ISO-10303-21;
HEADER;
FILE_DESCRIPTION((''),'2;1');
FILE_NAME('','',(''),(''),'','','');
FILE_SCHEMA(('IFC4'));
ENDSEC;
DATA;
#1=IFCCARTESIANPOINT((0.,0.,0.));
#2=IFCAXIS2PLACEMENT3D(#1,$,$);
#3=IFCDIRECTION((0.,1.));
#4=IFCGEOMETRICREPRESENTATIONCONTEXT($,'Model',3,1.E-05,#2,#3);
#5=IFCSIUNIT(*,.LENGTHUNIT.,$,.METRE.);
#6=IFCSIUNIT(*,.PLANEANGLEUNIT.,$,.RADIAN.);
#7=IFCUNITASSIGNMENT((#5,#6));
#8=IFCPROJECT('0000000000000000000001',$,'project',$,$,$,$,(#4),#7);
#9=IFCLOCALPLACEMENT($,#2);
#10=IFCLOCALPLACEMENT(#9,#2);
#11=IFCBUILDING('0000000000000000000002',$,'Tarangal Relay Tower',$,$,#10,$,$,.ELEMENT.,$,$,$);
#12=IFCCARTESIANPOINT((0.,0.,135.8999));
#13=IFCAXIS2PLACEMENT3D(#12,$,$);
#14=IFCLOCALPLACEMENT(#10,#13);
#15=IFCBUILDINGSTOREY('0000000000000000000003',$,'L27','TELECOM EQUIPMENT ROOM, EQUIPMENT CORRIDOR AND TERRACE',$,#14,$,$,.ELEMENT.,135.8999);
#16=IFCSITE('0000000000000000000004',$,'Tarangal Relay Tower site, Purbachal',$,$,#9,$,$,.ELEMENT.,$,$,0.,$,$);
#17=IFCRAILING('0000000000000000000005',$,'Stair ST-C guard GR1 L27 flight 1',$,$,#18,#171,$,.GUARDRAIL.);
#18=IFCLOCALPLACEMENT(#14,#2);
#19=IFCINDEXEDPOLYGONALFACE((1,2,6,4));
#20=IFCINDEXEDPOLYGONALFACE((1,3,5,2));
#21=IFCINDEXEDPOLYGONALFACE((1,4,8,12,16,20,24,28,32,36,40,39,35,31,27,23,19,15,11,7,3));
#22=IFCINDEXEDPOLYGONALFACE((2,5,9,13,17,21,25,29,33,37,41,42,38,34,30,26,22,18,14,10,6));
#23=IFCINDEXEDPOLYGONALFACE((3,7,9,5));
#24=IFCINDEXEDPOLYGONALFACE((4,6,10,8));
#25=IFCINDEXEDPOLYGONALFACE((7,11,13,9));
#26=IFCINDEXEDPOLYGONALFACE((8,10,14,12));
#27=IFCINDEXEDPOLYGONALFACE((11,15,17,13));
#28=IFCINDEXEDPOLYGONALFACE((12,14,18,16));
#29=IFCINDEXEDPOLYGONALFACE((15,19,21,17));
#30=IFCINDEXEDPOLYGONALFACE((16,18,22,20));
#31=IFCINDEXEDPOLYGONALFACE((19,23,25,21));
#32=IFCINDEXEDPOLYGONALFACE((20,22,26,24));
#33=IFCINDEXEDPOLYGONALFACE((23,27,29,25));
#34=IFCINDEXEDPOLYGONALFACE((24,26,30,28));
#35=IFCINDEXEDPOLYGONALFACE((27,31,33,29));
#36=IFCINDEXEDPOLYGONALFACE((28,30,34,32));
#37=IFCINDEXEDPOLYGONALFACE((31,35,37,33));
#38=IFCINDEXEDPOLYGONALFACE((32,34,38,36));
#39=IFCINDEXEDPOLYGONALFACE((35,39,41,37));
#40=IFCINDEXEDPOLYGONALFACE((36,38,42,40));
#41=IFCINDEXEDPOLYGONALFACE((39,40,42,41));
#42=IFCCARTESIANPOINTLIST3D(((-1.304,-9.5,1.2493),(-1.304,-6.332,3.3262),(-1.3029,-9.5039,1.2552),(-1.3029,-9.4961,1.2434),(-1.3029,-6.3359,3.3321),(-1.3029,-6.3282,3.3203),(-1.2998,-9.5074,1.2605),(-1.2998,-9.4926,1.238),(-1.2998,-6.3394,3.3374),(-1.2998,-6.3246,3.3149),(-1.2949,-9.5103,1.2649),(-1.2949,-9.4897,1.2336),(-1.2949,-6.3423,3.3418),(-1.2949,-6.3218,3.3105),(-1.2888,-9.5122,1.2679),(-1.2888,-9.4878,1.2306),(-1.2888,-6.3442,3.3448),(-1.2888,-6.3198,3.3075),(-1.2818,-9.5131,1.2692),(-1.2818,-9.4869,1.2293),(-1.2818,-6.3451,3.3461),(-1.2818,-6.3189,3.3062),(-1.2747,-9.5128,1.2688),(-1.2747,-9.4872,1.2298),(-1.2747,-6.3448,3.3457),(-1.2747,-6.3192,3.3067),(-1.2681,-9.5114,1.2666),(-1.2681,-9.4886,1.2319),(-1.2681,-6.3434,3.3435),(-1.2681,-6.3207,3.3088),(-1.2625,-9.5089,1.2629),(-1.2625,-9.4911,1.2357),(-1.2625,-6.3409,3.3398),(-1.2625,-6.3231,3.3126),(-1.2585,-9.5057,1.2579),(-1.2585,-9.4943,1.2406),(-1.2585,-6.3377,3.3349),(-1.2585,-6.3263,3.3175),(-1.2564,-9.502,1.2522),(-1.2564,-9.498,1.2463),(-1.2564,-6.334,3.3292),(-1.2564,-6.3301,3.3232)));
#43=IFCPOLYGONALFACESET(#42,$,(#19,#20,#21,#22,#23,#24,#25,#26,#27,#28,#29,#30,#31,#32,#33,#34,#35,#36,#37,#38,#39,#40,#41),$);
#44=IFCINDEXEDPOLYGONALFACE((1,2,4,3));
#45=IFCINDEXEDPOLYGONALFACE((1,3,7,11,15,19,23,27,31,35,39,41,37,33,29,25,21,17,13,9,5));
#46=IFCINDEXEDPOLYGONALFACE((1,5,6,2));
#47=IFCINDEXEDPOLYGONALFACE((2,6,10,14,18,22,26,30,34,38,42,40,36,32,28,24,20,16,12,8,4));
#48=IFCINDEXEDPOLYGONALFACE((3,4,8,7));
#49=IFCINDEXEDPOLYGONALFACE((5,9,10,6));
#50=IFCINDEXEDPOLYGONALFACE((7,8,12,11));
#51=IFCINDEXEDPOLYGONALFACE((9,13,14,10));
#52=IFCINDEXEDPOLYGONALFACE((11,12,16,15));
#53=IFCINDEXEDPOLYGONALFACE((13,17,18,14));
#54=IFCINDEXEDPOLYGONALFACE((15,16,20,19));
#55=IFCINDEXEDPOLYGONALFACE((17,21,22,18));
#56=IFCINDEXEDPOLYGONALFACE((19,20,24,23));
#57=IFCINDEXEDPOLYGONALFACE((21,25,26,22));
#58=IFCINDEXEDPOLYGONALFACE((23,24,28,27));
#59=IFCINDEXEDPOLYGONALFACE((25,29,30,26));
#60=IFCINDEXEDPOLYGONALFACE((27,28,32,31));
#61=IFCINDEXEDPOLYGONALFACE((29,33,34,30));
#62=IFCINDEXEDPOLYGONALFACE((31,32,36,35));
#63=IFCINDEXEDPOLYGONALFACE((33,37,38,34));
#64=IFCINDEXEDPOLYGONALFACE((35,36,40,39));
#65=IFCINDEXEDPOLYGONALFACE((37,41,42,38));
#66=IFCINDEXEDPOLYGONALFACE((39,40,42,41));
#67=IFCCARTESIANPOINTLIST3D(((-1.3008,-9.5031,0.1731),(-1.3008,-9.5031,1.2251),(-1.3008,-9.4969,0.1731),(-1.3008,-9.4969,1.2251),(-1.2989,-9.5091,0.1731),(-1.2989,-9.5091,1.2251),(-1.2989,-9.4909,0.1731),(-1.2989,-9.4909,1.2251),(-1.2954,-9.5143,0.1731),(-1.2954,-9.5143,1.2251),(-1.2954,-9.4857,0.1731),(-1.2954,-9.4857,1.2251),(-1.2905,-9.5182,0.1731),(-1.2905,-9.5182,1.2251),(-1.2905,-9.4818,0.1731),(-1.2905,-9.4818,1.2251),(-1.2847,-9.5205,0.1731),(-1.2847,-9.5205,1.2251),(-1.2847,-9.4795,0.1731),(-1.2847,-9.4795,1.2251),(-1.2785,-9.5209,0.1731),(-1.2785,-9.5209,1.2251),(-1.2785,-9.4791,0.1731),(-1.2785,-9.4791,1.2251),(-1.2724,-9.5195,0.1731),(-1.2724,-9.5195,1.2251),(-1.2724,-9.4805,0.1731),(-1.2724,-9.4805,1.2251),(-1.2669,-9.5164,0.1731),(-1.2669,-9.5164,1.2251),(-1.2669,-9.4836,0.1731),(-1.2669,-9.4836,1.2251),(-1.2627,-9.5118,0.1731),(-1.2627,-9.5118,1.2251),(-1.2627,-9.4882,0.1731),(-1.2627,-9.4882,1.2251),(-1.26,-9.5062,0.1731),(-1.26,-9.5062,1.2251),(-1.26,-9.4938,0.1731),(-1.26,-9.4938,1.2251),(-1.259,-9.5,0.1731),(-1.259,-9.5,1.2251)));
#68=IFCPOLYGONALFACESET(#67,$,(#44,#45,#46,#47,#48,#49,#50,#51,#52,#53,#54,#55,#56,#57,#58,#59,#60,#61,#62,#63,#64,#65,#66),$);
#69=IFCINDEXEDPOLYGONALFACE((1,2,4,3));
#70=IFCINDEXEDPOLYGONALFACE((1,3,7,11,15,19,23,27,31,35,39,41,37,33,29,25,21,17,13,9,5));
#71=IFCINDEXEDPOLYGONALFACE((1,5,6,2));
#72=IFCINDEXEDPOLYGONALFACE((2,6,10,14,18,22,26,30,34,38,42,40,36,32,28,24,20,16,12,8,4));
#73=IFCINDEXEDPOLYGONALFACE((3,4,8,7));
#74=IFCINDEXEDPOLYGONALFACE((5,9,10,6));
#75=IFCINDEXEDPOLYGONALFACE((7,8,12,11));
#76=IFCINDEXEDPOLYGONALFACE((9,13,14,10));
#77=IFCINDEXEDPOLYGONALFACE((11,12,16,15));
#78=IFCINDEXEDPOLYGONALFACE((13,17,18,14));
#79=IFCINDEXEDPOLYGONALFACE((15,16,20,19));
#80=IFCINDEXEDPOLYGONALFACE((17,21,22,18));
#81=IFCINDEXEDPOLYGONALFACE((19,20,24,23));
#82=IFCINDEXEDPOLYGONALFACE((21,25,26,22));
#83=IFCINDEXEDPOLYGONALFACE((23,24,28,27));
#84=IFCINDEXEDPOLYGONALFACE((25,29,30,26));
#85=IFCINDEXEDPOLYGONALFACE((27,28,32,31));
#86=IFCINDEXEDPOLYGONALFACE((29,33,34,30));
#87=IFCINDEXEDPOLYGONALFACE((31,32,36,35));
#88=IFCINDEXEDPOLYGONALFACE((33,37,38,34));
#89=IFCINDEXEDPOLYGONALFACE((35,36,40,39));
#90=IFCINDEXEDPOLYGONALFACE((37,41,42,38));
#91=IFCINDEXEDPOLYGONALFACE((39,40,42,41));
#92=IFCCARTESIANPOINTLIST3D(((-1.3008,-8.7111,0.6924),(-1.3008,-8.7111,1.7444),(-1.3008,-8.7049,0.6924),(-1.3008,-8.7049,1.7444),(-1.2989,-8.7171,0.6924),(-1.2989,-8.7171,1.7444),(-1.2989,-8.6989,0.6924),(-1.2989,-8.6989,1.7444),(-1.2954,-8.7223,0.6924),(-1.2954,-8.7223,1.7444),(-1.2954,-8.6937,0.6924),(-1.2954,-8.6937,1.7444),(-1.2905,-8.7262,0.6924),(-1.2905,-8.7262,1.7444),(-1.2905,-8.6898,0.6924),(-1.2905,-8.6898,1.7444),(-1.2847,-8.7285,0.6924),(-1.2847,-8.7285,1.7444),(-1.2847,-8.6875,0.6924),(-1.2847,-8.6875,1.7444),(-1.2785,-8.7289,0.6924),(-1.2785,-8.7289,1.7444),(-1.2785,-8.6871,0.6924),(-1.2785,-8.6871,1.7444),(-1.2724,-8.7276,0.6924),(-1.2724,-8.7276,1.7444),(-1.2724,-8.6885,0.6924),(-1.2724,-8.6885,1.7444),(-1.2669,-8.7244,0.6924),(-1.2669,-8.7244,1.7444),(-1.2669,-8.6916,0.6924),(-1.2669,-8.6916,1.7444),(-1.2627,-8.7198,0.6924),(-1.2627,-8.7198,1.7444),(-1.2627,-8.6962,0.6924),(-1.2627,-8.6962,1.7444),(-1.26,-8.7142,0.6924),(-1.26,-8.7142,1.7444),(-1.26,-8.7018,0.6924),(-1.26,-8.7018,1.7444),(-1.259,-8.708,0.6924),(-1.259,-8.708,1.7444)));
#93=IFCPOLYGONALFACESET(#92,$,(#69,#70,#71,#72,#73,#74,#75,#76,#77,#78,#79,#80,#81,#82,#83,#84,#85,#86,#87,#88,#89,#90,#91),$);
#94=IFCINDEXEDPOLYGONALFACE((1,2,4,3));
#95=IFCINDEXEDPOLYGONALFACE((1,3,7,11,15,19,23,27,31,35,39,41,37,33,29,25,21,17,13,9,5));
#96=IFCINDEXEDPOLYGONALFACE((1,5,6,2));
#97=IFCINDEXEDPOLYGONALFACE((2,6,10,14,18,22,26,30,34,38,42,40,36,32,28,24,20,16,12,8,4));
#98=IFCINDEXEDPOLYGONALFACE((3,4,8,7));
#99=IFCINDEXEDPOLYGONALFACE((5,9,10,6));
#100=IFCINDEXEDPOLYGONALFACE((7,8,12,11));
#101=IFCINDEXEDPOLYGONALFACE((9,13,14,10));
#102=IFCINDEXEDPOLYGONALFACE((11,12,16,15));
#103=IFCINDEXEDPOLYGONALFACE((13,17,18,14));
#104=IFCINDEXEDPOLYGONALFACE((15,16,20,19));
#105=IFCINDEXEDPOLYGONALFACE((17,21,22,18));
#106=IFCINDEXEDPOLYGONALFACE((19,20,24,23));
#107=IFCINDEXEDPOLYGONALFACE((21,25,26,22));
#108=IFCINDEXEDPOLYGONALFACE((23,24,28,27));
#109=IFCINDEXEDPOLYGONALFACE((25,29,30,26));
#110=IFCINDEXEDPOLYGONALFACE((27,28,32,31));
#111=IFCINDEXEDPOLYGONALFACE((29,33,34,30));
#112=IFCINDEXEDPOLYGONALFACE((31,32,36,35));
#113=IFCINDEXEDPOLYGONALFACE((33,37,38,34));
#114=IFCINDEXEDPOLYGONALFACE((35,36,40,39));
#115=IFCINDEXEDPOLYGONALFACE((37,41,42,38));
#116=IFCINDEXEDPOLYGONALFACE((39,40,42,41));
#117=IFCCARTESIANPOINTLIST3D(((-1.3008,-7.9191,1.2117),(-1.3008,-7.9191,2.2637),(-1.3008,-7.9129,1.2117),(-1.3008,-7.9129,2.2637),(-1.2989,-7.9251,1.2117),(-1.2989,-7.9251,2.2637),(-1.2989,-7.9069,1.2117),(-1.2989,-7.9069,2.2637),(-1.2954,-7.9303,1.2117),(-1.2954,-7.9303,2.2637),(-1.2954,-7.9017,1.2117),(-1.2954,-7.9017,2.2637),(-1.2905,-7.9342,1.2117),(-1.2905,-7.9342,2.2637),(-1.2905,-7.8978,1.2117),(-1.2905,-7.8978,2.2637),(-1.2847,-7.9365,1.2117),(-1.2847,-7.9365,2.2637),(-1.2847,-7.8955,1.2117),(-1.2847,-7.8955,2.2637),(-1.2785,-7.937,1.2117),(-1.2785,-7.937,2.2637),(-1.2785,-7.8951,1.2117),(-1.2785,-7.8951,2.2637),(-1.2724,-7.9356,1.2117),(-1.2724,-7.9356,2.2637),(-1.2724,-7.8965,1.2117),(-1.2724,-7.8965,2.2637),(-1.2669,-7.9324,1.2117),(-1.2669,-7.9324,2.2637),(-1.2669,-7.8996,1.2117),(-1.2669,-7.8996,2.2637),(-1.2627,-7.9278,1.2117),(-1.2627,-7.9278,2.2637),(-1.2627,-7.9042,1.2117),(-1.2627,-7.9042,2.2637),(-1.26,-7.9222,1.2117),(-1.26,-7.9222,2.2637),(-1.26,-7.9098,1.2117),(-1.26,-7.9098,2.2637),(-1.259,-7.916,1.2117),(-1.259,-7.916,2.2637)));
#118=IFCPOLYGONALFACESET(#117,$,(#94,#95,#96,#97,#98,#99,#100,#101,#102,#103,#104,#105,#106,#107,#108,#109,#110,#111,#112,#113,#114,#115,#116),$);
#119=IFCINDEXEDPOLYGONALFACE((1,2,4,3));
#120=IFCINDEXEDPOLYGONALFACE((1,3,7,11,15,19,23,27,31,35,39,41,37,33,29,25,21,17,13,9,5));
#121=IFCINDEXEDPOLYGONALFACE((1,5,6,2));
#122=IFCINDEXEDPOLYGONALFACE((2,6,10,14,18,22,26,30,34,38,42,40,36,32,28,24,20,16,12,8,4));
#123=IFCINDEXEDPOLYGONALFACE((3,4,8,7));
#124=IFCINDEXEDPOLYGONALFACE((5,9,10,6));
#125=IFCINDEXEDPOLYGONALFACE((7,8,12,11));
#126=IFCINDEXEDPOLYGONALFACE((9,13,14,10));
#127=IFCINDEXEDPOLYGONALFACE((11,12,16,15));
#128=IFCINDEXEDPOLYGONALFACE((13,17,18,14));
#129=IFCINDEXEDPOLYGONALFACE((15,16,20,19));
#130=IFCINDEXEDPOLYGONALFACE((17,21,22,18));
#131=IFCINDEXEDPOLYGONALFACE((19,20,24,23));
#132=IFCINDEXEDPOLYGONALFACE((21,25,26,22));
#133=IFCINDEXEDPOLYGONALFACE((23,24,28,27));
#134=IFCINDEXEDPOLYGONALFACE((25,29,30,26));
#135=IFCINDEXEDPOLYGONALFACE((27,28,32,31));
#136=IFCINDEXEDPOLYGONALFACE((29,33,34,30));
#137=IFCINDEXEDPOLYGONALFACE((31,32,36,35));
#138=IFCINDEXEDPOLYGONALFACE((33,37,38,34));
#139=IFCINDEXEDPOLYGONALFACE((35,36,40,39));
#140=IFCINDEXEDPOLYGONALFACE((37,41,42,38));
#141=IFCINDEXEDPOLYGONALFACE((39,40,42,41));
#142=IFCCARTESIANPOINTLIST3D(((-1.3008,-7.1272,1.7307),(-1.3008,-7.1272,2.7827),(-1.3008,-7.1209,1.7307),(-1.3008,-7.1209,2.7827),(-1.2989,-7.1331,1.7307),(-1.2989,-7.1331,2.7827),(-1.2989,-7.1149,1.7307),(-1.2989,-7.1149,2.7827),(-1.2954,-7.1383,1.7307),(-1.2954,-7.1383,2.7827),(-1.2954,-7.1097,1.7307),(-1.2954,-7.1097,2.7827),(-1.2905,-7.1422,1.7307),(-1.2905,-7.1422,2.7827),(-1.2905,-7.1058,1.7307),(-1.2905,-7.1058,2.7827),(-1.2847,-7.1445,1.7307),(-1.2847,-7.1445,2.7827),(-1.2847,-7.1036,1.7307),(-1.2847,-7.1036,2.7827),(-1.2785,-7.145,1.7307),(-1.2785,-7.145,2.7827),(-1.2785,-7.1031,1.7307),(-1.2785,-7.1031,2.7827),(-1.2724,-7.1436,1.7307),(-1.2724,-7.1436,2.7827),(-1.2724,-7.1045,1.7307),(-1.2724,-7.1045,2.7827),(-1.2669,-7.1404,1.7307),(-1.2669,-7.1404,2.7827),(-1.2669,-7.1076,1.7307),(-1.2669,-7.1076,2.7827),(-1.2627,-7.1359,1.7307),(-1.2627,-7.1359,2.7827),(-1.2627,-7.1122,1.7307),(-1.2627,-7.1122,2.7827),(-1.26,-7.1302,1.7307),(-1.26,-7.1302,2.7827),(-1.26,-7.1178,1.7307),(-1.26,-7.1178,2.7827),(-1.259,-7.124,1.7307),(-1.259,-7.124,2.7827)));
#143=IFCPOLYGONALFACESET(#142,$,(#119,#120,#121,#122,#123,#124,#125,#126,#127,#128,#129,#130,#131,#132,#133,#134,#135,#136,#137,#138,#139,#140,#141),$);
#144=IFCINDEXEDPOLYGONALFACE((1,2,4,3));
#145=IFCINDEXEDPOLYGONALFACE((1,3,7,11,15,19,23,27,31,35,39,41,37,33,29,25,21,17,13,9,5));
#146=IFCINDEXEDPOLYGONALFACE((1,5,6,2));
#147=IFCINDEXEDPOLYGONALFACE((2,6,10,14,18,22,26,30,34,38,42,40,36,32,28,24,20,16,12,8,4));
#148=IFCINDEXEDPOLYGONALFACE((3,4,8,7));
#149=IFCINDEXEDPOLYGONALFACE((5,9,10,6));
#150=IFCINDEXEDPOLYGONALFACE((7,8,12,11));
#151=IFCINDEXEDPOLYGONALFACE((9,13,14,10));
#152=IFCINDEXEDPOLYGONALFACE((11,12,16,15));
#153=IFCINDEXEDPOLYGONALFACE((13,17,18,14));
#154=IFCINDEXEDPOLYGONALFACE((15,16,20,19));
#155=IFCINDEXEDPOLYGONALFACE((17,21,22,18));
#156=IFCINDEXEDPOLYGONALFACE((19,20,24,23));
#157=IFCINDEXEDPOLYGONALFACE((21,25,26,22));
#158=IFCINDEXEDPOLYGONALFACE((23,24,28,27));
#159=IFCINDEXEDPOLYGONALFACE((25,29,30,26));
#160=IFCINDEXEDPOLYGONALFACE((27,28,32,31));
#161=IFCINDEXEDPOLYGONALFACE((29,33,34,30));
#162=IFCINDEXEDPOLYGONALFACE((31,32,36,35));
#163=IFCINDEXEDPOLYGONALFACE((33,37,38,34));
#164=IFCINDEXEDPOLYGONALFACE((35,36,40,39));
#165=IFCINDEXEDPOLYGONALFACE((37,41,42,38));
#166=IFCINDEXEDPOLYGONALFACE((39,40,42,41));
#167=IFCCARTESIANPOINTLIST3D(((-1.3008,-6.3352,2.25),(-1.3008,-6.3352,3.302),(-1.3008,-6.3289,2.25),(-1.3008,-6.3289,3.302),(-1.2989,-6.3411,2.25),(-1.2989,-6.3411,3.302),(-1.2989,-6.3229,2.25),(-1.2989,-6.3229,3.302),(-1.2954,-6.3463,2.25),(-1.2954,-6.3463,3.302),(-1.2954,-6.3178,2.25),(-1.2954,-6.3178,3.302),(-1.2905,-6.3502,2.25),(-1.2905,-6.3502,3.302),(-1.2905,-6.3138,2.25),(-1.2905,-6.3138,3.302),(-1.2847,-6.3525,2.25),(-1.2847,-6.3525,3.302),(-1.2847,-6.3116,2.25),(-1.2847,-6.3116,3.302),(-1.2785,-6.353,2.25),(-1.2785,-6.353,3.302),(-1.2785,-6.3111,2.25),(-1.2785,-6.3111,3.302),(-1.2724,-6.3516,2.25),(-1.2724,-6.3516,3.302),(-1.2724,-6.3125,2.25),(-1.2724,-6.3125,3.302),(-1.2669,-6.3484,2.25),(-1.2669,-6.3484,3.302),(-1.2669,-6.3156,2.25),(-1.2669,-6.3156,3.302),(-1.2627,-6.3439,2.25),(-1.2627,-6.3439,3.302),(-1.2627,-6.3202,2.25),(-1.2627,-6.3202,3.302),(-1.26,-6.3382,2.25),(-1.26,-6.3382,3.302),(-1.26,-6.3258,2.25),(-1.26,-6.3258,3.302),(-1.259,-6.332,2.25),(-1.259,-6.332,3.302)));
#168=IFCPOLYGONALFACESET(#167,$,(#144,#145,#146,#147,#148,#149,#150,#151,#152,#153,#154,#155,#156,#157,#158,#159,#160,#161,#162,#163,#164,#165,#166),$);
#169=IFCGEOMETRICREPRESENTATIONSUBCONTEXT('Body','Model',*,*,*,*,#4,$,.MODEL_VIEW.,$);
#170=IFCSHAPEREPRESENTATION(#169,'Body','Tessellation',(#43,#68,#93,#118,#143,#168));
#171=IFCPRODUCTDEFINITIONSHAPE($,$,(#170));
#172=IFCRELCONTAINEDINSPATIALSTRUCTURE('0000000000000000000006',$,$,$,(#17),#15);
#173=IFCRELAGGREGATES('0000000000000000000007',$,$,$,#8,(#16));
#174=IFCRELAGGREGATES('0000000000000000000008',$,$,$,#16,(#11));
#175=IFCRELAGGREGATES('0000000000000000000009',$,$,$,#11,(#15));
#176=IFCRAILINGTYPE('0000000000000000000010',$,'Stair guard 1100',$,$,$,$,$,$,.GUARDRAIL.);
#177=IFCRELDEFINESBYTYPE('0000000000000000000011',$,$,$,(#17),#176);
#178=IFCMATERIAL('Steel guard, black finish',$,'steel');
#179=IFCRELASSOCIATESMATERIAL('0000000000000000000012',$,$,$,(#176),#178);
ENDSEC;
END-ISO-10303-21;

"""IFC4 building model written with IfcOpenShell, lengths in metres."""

from ifc_helpers import new_model, si_unit, direction, frame, origin, origin_2d, place, context, subcontext, project, spatial, circle, extrude, material, type_object, element, save


model = new_model("IFC4")

# Units and contexts
model_context = context("Model", 3, precision=1e-05, world=origin(), true_north=direction((0.0, 1.0)))
body_context = subcontext(model_context, "Body", "Model", "MODEL_VIEW")
ifc_project = project(units=[si_unit("LENGTHUNIT", "METRE"), si_unit("PLANEANGLEUNIT", "RADIAN")], contexts=[model_context])

# Site, building, storey
site_placement = place(None, origin())
site = spatial("IfcSite", under=ifc_project, at=site_placement, Name="Tarangal Relay Tower site, Purbachal", CompositionType="ELEMENT", RefElevation=0.0)
building_placement = place(site_placement, origin())
building = spatial("IfcBuilding", under=site, at=building_placement, Name="Tarangal Relay Tower", CompositionType="ELEMENT")
storey_placement = place(building_placement, frame((0.0, 0.0, 135.8999)))
storey = spatial("IfcBuildingStorey", under=building, at=storey_placement, Name="L27", Description="TELECOM EQUIPMENT ROOM, EQUIPMENT CORRIDOR AND TERRACE", CompositionType="ELEMENT", Elevation=135.8999)

# Railing
ifc_material_1 = material(Name="Steel guard, black finish", Category="steel")
railing_type_1 = type_object("IfcRailingType", Name="Stair guard 1100", PredefinedType="GUARDRAIL", material=ifc_material_1)
railing_1_placement = place(storey_placement, frame((-1.28, -9.5, 0.1731)))
element("IfcRailing", 1, at=railing_1_placement, inside=storey, type_object=railing_type_1, Name="Stair ST-C guard GR1 L27 flight 1", PredefinedType="GUARDRAIL", context=body_context, shape_type="SweptSolid", body=[
    extrude(circle(Radius=0.0239, at=origin_2d()), frame((0.0, 0.0, 1.0762), z_axis=(0.0, 0.836299, 0.548273), x_axis=(-1.0, 0.0, 0.0)), (0.0, 0.0, 1.0), 3.7881),
    extrude(circle(Radius=0.021, at=origin_2d()), origin(), (0.0, 0.0, 1.0), 1.052),
    extrude(circle(Radius=0.021, at=origin_2d()), frame((0.0, 0.792, 0.5193)), (0.0, 0.0, 1.0), 1.052),
    extrude(circle(Radius=0.021, at=origin_2d()), frame((0.0, 1.584, 1.0386)), (0.0, 0.0, 1.0), 1.052),
    extrude(circle(Radius=0.021, at=origin_2d()), frame((0.0, 2.376, 1.5576)), (0.0, 0.0, 1.0), 1.052),
    extrude(circle(Radius=0.021, at=origin_2d()), frame((0.0, 3.168, 2.0769)), (0.0, 0.0, 1.0), 1.052),
])

save(model, "model.ifc")
